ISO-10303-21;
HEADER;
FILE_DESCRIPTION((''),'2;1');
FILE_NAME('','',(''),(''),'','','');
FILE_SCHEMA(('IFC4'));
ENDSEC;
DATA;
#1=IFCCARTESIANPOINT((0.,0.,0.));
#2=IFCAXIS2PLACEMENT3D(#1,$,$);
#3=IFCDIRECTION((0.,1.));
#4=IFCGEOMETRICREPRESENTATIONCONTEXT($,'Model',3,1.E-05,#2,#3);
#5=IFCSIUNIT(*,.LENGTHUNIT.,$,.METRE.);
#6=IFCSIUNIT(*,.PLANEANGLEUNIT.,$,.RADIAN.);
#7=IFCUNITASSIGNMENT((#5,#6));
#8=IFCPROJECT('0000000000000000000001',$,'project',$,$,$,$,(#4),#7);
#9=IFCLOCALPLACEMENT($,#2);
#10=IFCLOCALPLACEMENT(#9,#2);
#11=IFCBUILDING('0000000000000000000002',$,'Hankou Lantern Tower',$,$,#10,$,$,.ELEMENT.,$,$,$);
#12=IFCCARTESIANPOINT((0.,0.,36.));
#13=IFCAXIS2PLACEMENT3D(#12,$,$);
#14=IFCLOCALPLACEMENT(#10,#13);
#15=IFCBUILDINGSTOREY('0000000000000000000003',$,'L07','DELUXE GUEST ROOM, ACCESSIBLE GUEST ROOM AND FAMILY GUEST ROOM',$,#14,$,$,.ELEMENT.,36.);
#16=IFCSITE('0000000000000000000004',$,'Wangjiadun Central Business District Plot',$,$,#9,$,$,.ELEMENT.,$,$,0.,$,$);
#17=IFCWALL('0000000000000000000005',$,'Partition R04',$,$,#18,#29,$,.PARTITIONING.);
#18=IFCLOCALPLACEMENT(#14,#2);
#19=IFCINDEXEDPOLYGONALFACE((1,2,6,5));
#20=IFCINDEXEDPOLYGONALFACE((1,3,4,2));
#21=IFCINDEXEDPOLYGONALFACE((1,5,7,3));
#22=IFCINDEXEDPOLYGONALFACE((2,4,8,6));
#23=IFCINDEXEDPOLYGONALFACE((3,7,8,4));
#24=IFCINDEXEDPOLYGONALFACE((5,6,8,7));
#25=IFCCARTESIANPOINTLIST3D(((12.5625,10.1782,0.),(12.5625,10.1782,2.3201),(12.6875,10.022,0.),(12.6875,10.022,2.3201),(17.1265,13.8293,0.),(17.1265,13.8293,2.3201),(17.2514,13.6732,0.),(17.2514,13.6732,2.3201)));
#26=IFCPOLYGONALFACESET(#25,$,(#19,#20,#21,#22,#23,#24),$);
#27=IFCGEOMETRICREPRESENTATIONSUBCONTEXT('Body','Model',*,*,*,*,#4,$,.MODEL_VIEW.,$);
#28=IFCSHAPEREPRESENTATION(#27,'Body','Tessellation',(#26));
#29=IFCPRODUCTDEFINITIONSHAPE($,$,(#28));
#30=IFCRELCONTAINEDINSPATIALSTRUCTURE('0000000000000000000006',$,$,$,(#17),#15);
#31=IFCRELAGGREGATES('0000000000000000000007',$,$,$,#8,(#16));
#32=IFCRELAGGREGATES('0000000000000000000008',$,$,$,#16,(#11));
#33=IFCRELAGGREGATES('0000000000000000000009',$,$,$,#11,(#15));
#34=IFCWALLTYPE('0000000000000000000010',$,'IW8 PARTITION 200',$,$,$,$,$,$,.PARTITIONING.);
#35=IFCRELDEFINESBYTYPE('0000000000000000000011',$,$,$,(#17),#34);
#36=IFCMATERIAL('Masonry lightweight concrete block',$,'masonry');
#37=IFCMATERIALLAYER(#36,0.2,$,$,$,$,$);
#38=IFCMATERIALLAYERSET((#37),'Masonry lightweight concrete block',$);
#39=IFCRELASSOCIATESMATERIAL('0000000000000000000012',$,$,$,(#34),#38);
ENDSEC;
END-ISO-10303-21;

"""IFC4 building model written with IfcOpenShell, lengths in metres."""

from ifc_helpers import new_model, si_unit, direction, frame, frame_2d, origin, place, context, subcontext, project, spatial, rectangle, extrude, material, layer, layer_set, type_object, element, save


model = new_model("IFC4")

# Units and contexts
model_context = context("Model", 3, precision=1e-05, world=origin(), true_north=direction((0.0, 1.0)))
body_context = subcontext(model_context, "Body", "Model", "MODEL_VIEW")
ifc_project = project(units=[si_unit("LENGTHUNIT", "METRE"), si_unit("PLANEANGLEUNIT", "RADIAN")], contexts=[model_context])

# Site, building, storey
site_placement = place(None, origin())
site = spatial("IfcSite", under=ifc_project, at=site_placement, Name="Wangjiadun Central Business District Plot", CompositionType="ELEMENT", RefElevation=0.0)
building_placement = place(site_placement, origin())
building = spatial("IfcBuilding", under=site, at=building_placement, Name="Hankou Lantern Tower", CompositionType="ELEMENT")
storey_placement = place(building_placement, frame((0.0, 0.0, 36.0)))
storey = spatial("IfcBuildingStorey", under=building, at=storey_placement, Name="L07", Description="DELUXE GUEST ROOM, ACCESSIBLE GUEST ROOM AND FAMILY GUEST ROOM", CompositionType="ELEMENT", Elevation=36.0)

# Wall
ifc_material_1 = material(Name="Masonry lightweight concrete block", Category="masonry")
ifc_layer_1 = layer(ifc_material_1, 0.2)
ifc_layer_set_1 = layer_set([ifc_layer_1], Name="Masonry lightweight concrete block")
wall_type_1 = type_object("IfcWallType", Name="IW8 PARTITION 200", PredefinedType="PARTITIONING", material=ifc_layer_set_1)
wall_1_placement = place(storey_placement, frame((12.625, 10.1001, 0.0), z_axis=(0.0, 0.0, 1.0), x_axis=(0.780873, 0.62469, 0.0)))
element("IfcWall", 1, at=wall_1_placement, inside=storey, type_object=wall_type_1, Name="Partition R04", PredefinedType="PARTITIONING", context=body_context, shape_type="SweptSolid", body=[
    extrude(rectangle(XDim=5.8447, YDim=0.2, at=frame_2d((2.9224, 0.0))), origin(), (0.0, 0.0, 1.0), 2.3201),
])

save(model, "model.ifc")
